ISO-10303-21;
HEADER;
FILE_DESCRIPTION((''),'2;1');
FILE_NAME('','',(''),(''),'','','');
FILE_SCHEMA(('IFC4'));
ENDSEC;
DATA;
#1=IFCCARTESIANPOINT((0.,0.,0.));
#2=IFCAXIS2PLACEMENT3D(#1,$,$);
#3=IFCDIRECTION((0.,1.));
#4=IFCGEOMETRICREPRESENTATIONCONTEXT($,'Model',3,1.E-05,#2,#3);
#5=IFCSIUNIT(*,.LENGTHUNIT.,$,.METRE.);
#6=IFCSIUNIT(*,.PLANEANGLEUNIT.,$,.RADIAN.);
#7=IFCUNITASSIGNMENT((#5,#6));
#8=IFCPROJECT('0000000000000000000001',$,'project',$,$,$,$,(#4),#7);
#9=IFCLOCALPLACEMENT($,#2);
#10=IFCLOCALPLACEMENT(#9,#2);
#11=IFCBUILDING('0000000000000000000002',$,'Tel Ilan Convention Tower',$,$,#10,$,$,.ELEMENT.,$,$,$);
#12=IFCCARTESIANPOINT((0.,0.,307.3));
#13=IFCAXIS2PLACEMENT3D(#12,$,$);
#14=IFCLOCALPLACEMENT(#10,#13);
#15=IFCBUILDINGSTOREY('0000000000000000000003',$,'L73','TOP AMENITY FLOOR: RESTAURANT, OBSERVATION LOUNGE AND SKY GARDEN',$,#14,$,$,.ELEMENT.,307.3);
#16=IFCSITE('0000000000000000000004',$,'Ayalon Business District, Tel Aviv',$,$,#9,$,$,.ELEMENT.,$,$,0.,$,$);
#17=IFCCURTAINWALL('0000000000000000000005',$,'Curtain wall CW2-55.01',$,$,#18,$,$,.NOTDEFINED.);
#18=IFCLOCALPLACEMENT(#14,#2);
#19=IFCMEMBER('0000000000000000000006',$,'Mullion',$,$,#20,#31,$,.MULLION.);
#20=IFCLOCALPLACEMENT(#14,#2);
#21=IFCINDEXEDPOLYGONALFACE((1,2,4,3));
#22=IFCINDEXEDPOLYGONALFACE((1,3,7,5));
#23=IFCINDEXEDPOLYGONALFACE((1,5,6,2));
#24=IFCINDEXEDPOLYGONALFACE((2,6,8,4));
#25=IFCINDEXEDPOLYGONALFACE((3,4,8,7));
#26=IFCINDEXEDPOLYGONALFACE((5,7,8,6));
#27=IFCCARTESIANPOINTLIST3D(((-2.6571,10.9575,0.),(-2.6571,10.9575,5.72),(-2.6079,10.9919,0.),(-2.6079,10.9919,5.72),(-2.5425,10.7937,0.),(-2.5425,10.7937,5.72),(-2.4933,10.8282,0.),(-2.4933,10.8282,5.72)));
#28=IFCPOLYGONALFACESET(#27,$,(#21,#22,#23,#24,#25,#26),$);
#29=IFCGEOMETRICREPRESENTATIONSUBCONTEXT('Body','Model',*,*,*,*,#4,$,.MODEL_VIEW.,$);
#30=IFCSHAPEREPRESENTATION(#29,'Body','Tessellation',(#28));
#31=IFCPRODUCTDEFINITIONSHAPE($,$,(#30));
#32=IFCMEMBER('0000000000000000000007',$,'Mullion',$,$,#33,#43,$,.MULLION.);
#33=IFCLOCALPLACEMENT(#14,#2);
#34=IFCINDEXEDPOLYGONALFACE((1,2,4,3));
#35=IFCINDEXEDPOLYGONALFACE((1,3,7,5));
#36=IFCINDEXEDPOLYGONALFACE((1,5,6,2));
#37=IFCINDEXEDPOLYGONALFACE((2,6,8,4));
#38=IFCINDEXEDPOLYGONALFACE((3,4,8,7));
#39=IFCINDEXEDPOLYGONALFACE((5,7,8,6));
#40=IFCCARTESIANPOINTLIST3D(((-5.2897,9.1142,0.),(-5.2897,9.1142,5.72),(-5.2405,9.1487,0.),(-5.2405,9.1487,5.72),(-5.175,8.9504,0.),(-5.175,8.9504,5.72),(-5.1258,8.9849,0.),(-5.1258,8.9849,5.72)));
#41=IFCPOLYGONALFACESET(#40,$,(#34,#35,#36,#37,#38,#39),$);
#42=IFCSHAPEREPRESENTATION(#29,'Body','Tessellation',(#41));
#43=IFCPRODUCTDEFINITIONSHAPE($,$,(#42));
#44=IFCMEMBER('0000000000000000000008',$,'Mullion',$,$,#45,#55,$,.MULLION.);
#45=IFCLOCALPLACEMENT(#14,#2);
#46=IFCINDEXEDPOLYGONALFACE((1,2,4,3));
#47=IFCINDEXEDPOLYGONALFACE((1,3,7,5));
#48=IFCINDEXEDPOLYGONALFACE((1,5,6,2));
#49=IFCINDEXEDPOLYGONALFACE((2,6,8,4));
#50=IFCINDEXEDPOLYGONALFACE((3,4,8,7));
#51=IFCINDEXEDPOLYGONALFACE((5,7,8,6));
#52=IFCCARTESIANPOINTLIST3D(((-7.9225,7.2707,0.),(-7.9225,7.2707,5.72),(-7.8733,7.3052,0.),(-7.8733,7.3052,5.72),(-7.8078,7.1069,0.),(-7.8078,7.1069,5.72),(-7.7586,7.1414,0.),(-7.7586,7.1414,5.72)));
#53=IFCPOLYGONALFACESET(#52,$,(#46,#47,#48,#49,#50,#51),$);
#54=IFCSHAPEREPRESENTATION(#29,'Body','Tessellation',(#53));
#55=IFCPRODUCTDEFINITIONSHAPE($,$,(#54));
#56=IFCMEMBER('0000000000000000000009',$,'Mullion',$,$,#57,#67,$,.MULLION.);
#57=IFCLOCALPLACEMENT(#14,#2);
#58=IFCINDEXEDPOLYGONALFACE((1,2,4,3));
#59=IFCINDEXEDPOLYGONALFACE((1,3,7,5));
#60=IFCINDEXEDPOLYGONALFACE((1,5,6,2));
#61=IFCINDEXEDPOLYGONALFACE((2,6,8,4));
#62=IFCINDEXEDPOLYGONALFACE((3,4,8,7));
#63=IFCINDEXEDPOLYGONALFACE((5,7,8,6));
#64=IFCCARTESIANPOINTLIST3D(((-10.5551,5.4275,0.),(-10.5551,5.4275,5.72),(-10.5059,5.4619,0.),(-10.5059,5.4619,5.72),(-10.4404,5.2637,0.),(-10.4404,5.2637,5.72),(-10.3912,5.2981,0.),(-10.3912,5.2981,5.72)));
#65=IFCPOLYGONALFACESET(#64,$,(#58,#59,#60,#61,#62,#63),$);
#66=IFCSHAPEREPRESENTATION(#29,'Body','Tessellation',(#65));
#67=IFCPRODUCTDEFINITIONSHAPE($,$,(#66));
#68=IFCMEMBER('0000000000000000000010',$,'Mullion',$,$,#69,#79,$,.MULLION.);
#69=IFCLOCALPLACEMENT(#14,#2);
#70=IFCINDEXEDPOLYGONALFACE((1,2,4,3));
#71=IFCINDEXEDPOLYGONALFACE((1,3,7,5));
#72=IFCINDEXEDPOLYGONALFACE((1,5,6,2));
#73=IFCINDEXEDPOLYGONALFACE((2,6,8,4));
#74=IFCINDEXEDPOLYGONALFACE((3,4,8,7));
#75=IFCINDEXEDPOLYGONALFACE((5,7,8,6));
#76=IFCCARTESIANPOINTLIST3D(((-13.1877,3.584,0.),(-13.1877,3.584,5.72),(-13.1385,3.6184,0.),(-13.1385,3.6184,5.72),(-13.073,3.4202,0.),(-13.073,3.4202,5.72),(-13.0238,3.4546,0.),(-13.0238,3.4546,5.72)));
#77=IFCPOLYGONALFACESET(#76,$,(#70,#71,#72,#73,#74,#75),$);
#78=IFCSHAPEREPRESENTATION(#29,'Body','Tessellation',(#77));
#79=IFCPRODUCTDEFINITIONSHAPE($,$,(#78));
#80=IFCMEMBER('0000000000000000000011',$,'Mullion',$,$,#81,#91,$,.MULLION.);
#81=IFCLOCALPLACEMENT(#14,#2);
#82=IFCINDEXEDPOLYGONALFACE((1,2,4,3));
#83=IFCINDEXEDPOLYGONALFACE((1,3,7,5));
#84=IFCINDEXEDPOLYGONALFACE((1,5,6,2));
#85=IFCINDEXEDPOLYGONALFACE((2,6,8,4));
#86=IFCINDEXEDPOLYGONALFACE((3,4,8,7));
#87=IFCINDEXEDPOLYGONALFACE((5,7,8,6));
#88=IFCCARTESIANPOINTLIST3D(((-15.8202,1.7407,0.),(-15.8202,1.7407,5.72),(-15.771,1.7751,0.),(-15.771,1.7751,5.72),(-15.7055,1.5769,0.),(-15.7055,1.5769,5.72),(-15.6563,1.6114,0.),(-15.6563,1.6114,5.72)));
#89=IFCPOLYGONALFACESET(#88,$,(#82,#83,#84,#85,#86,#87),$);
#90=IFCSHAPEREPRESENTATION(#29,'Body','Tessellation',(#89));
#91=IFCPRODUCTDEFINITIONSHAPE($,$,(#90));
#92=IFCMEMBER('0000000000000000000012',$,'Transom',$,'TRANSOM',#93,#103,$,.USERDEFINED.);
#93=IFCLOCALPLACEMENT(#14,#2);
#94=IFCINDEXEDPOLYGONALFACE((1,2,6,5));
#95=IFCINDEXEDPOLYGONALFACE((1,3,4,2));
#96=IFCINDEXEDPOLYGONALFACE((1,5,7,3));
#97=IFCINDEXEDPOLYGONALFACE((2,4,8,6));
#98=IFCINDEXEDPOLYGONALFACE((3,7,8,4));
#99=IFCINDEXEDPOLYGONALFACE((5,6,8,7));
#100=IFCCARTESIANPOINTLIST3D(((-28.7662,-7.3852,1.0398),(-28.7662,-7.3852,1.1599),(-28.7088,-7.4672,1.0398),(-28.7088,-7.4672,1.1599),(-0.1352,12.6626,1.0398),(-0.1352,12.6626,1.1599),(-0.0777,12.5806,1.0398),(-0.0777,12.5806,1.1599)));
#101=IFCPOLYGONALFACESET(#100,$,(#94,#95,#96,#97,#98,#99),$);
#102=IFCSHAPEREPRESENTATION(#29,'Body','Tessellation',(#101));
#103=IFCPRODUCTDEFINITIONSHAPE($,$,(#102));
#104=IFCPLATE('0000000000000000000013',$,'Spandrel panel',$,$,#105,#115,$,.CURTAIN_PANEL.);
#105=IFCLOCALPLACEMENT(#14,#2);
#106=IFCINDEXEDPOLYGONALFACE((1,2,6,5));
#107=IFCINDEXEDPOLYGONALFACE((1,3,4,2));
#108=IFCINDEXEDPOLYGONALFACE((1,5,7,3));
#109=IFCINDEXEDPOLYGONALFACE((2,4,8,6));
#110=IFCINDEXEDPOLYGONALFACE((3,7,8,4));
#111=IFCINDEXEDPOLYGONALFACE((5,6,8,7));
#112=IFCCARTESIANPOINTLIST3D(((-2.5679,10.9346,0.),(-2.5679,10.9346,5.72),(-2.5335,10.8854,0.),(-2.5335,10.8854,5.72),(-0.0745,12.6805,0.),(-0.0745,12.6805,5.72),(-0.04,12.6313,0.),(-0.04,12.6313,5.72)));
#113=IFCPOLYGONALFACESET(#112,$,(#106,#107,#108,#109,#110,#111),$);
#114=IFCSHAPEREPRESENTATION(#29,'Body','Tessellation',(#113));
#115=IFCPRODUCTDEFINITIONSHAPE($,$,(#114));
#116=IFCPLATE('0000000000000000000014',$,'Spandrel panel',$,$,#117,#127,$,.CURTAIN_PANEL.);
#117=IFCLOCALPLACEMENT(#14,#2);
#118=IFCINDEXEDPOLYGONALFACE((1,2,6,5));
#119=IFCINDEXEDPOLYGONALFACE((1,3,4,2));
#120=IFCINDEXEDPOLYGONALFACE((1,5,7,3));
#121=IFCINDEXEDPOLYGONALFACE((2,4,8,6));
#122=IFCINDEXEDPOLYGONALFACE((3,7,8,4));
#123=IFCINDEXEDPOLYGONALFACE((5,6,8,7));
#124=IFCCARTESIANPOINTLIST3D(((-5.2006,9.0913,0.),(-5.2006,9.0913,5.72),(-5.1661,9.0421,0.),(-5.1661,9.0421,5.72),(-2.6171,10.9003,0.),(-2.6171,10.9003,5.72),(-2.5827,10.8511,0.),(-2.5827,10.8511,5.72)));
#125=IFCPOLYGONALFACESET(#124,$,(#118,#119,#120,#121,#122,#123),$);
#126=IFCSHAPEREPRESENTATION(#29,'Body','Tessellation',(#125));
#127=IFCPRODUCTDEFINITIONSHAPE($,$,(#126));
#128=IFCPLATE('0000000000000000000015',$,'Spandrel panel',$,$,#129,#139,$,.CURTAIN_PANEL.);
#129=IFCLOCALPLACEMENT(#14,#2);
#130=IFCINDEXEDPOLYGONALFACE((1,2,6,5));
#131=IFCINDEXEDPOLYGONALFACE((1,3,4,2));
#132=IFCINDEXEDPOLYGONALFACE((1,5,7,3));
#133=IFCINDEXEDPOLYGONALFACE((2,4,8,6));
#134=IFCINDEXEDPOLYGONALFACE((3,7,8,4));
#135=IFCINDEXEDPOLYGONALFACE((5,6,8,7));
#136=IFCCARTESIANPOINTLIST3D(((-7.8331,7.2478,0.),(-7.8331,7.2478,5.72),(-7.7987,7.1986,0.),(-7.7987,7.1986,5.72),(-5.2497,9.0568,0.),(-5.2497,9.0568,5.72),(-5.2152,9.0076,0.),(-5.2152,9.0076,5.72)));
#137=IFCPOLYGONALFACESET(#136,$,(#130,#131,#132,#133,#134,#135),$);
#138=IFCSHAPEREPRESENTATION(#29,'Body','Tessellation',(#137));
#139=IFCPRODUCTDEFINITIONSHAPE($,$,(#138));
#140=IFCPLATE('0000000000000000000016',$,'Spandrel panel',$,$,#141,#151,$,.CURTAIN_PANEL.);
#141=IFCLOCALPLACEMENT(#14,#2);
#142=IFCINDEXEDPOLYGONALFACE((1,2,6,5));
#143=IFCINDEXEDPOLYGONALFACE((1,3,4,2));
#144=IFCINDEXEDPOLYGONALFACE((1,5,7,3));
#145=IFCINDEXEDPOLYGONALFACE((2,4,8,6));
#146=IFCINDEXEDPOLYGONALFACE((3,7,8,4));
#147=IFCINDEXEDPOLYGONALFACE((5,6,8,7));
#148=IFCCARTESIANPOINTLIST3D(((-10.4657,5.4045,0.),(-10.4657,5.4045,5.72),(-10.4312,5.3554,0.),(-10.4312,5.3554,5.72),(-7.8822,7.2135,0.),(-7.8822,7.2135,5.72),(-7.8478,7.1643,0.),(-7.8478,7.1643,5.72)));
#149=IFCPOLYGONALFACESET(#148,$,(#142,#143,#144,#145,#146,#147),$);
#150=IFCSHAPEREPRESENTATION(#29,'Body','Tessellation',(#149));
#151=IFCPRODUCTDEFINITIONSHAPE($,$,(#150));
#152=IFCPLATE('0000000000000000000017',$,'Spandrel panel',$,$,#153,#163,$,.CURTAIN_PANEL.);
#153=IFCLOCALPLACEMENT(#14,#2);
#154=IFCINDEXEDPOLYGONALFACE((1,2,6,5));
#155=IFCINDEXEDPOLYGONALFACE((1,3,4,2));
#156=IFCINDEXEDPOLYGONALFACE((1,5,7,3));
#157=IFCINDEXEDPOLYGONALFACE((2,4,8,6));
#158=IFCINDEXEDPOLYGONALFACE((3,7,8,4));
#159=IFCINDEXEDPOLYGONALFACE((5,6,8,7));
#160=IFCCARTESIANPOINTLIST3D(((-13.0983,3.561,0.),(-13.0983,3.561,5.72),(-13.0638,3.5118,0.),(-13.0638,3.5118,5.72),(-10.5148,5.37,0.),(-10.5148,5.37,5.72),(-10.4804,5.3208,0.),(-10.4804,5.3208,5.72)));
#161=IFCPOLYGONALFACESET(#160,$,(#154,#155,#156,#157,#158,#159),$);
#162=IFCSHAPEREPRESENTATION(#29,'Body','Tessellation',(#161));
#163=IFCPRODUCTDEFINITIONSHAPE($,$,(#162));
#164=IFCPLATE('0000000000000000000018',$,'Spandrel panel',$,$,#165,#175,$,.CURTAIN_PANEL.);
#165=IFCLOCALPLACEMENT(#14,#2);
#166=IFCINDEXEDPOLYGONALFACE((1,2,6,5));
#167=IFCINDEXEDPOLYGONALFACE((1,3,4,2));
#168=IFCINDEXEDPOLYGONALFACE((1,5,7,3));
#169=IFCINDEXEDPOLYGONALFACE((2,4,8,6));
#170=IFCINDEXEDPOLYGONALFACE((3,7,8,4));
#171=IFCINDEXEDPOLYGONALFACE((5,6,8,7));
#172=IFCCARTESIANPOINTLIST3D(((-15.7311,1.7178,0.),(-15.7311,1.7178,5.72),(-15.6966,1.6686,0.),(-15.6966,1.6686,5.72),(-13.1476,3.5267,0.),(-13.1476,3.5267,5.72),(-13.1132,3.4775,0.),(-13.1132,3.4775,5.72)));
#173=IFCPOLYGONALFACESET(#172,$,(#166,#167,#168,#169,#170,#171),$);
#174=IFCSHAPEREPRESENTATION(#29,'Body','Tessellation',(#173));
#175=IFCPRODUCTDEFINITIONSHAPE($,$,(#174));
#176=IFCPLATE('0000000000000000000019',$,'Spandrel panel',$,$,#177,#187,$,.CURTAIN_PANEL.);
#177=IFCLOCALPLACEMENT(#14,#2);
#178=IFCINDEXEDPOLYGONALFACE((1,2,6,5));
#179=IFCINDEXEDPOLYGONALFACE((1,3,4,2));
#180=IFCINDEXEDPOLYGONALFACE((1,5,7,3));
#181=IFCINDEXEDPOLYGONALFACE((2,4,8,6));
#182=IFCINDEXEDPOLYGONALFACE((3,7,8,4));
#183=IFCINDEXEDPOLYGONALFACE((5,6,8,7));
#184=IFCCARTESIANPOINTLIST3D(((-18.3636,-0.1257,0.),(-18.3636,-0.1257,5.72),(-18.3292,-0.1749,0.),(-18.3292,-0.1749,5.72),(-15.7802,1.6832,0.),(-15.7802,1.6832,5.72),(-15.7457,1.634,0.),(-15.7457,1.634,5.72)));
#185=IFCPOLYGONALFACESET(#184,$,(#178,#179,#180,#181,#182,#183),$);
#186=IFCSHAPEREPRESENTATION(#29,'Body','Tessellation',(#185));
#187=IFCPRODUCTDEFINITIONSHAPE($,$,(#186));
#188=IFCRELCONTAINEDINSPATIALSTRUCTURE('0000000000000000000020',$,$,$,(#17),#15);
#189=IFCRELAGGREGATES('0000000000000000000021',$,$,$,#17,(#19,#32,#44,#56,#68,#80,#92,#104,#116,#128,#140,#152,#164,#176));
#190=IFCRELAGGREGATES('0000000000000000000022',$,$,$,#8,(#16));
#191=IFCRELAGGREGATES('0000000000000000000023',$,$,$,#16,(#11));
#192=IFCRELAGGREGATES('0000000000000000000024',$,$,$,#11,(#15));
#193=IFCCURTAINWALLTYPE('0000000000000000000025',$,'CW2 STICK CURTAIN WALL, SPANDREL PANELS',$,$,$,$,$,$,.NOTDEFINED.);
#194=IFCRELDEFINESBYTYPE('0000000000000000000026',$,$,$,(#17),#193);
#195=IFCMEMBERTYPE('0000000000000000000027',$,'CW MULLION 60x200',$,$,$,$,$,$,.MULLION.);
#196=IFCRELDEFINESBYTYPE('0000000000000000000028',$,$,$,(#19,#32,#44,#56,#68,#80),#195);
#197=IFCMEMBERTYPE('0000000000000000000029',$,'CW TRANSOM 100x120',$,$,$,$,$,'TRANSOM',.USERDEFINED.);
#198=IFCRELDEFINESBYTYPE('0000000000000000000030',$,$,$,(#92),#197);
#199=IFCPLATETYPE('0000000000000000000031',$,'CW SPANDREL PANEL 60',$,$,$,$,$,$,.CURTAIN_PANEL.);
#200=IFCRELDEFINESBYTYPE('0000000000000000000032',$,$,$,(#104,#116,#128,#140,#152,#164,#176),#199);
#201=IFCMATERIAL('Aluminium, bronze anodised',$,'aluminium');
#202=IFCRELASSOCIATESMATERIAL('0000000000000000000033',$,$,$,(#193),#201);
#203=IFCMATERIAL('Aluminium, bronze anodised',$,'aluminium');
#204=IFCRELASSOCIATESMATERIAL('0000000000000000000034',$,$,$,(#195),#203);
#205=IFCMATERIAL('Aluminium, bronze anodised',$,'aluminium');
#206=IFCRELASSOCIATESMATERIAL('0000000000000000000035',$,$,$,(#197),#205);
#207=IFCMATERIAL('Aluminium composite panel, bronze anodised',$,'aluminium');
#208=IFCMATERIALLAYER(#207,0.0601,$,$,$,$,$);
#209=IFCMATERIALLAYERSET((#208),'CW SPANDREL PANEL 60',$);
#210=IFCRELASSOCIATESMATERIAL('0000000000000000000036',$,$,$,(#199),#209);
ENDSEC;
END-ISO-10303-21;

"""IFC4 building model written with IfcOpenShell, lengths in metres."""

from ifc_helpers import new_model, si_unit, direction, frame, origin, origin_2d, place, context, subcontext, project, spatial, rectangle, extrude, material, layer, layer_set, material_profile, profile_set, type_object, element, aggregate, save


model = new_model("IFC4")

# Units and contexts
model_context = context("Model", 3, precision=1e-05, world=origin(), true_north=direction((0.0, 1.0)))
body_context = subcontext(model_context, "Body", "Model", "MODEL_VIEW")
ifc_project = project(units=[si_unit("LENGTHUNIT", "METRE"), si_unit("PLANEANGLEUNIT", "RADIAN")], contexts=[model_context])

# Site, building, storey
site_placement = place(None, origin())
site = spatial("IfcSite", under=ifc_project, at=site_placement, Name="Ayalon Business District, Tel Aviv", CompositionType="ELEMENT", RefElevation=0.0)
building_placement = place(site_placement, origin())
building = spatial("IfcBuilding", under=site, at=building_placement, Name="Tel Ilan Convention Tower", CompositionType="ELEMENT")
storey_placement = place(building_placement, frame((0.0, 0.0, 307.3)))
storey = spatial("IfcBuildingStorey", under=building, at=storey_placement, Name="L73", Description="TOP AMENITY FLOOR: RESTAURANT, OBSERVATION LOUNGE AND SKY GARDEN", CompositionType="ELEMENT", Elevation=307.3)

# Curtain wall, members, plates
ifc_material_1 = material(Name="Aluminium, bronze anodised", Category="aluminium")
curtain_wall_type = type_object("IfcCurtainWallType", Name="CW2 STICK CURTAIN WALL, SPANDREL PANELS", PredefinedType="NOTDEFINED", material=ifc_material_1)
curtain_wall_placement = place(storey_placement, origin())
curtain_wall = element("IfcCurtainWall", 1, at=curtain_wall_placement, inside=storey, type_object=curtain_wall_type, Name="Curtain wall CW2-55.01", PredefinedType="NOTDEFINED")
ifc_material_2 = material(Name="Aluminium, bronze anodised", Category="aluminium")
ifc_material_profile_1 = material_profile(ifc_material_2, rectangle(XDim=0.0601, YDim=0.2, at=origin_2d()), Name="CW MULLION 60x200")
ifc_profile_set_1 = profile_set([ifc_material_profile_1], Name="Aluminium, bronze anodised")
member_type_1 = type_object("IfcMemberType", Name="CW MULLION 60x200", PredefinedType="MULLION", material=ifc_profile_set_1)
member_1_placement = place(storey_placement, frame((-2.5752, 10.8928, 0.0), z_axis=(0.0, 0.0, 1.0), x_axis=(-0.819152, -0.573576, 0.0)))
member_1 = element("IfcMember", 2, at=member_1_placement, type_object=member_type_1, Name="Mullion", PredefinedType="MULLION", context=body_context, shape_type="SweptSolid", body=[
    extrude(rectangle(XDim=0.0601, YDim=0.2, at=origin_2d()), origin(), (0.0, 0.0, 1.0), 5.72),
])
member_2_placement = place(storey_placement, frame((-5.2078, 9.0496, 0.0), z_axis=(0.0, 0.0, 1.0), x_axis=(-0.819152, -0.573576, 0.0)))
member_2 = element("IfcMember", 3, at=member_2_placement, type_object=member_type_1, Name="Mullion", PredefinedType="MULLION", context=body_context, shape_type="SweptSolid", body=[
    extrude(rectangle(XDim=0.0601, YDim=0.2, at=origin_2d()), origin(), (0.0, 0.0, 1.0), 5.72),
])
member_3_placement = place(storey_placement, frame((-7.8406, 7.2061, 0.0), z_axis=(0.0, 0.0, 1.0), x_axis=(-0.819152, -0.573576, 0.0)))
member_3 = element("IfcMember", 4, at=member_3_placement, type_object=member_type_1, Name="Mullion", PredefinedType="MULLION", context=body_context, shape_type="SweptSolid", body=[
    extrude(rectangle(XDim=0.0601, YDim=0.2, at=origin_2d()), origin(), (0.0, 0.0, 1.0), 5.72),
])
member_4_placement = place(storey_placement, frame((-10.4731, 5.3628, 0.0), z_axis=(0.0, 0.0, 1.0), x_axis=(-0.819152, -0.573576, 0.0)))
member_4 = element("IfcMember", 5, at=member_4_placement, type_object=member_type_1, Name="Mullion", PredefinedType="MULLION", context=body_context, shape_type="SweptSolid", body=[
    extrude(rectangle(XDim=0.0601, YDim=0.2, at=origin_2d()), origin(), (0.0, 0.0, 1.0), 5.72),
])
member_5_placement = place(storey_placement, frame((-13.1057, 3.5193, 0.0), z_axis=(0.0, 0.0, 1.0), x_axis=(-0.819152, -0.573576, 0.0)))
member_5 = element("IfcMember", 6, at=member_5_placement, type_object=member_type_1, Name="Mullion", PredefinedType="MULLION", context=body_context, shape_type="SweptSolid", body=[
    extrude(rectangle(XDim=0.0601, YDim=0.2, at=origin_2d()), origin(), (0.0, 0.0, 1.0), 5.72),
])
member_6_placement = place(storey_placement, frame((-15.7383, 1.676, 0.0), z_axis=(0.0, 0.0, 1.0), x_axis=(-0.819152, -0.573576, 0.0)))
member_6 = element("IfcMember", 7, at=member_6_placement, type_object=member_type_1, Name="Mullion", PredefinedType="MULLION", context=body_context, shape_type="SweptSolid", body=[
    extrude(rectangle(XDim=0.0601, YDim=0.2, at=origin_2d()), origin(), (0.0, 0.0, 1.0), 5.72),
])
ifc_material_3 = material(Name="Aluminium, bronze anodised", Category="aluminium")
ifc_material_profile_2 = material_profile(ifc_material_3, rectangle(XDim=0.1001, YDim=0.1201, at=origin_2d()), Name="CW TRANSOM 100x120")
ifc_profile_set_2 = profile_set([ifc_material_profile_2], Name="Aluminium, bronze anodised")
member_type_2 = type_object("IfcMemberType", Name="CW TRANSOM 100x120", ElementType="TRANSOM", PredefinedType="USERDEFINED", material=ifc_profile_set_2)
member_7_placement = place(storey_placement, frame((-0.1064, 12.6216, 1.0999), z_axis=(-0.81915, -0.573579, 0.0), x_axis=(0.573579, -0.81915, 0.0)))
member_7 = element("IfcMember", 8, at=member_7_placement, type_object=member_type_2, Name="Transom", ObjectType="TRANSOM", PredefinedType="USERDEFINED", context=body_context, shape_type="SweptSolid", body=[
    extrude(rectangle(XDim=0.1001, YDim=0.1201, at=origin_2d()), origin(), (0.0, 0.0, 1.0), 34.9521),
])
ifc_material_4 = material(Name="Aluminium composite panel, bronze anodised", Category="aluminium")
ifc_layer_1 = layer(ifc_material_4, 0.0601)
ifc_layer_set_1 = layer_set([ifc_layer_1], Name="CW SPANDREL PANEL 60")
plate_type = type_object("IfcPlateType", Name="CW SPANDREL PANEL 60", PredefinedType="CURTAIN_PANEL", material=ifc_layer_set_1)
plate_1_placement = place(storey_placement, frame((-1.304, 11.783, 0.0), z_axis=(0.0, 0.0, 1.0), x_axis=(-0.819152, -0.573576, 0.0)))
plate_1 = element("IfcPlate", 9, at=plate_1_placement, type_object=plate_type, Name="Spandrel panel", PredefinedType="CURTAIN_PANEL", context=body_context, shape_type="SweptSolid", body=[
    extrude(rectangle(XDim=3.0439, YDim=0.0601, at=origin_2d()), origin(), (0.0, 0.0, 1.0), 5.72),
])
plate_2_placement = place(storey_placement, frame((-3.8916, 9.9712, 0.0), z_axis=(0.0, 0.0, 1.0), x_axis=(-0.819152, -0.573576, 0.0)))
plate_2 = element("IfcPlate", 10, at=plate_2_placement, type_object=plate_type, Name="Spandrel panel", PredefinedType="CURTAIN_PANEL", context=body_context, shape_type="SweptSolid", body=[
    extrude(rectangle(XDim=3.1538, YDim=0.0601, at=origin_2d()), origin(), (0.0, 0.0, 1.0), 5.72),
])
plate_3_placement = place(storey_placement, frame((-6.5242, 8.1277, 0.0), z_axis=(0.0, 0.0, 1.0), x_axis=(-0.819152, -0.573576, 0.0)))
plate_3 = element("IfcPlate", 11, at=plate_3_placement, type_object=plate_type, Name="Spandrel panel", PredefinedType="CURTAIN_PANEL", context=body_context, shape_type="SweptSolid", body=[
    extrude(rectangle(XDim=3.1538, YDim=0.0601, at=origin_2d()), origin(), (0.0, 0.0, 1.0), 5.72),
])
plate_4_placement = place(storey_placement, frame((-9.1567, 6.2844, 0.0), z_axis=(0.0, 0.0, 1.0), x_axis=(-0.819152, -0.573576, 0.0)))
plate_4 = element("IfcPlate", 12, at=plate_4_placement, type_object=plate_type, Name="Spandrel panel", PredefinedType="CURTAIN_PANEL", context=body_context, shape_type="SweptSolid", body=[
    extrude(rectangle(XDim=3.1538, YDim=0.0601, at=origin_2d()), origin(), (0.0, 0.0, 1.0), 5.72),
])
plate_5_placement = place(storey_placement, frame((-11.7893, 4.4409, 0.0), z_axis=(0.0, 0.0, 1.0), x_axis=(-0.819152, -0.573576, 0.0)))
plate_5 = element("IfcPlate", 13, at=plate_5_placement, type_object=plate_type, Name="Spandrel panel", PredefinedType="CURTAIN_PANEL", context=body_context, shape_type="SweptSolid", body=[
    extrude(rectangle(XDim=3.1538, YDim=0.0601, at=origin_2d()), origin(), (0.0, 0.0, 1.0), 5.72),
])
plate_6_placement = place(storey_placement, frame((-14.4221, 2.5977, 0.0), z_axis=(0.0, 0.0, 1.0), x_axis=(-0.819152, -0.573576, 0.0)))
plate_6 = element("IfcPlate", 14, at=plate_6_placement, type_object=plate_type, Name="Spandrel panel", PredefinedType="CURTAIN_PANEL", context=body_context, shape_type="SweptSolid", body=[
    extrude(rectangle(XDim=3.1538, YDim=0.0601, at=origin_2d()), origin(), (0.0, 0.0, 1.0), 5.72),
])
plate_7_placement = place(storey_placement, frame((-17.0547, 0.7542, 0.0), z_axis=(0.0, 0.0, 1.0), x_axis=(-0.819152, -0.573576, 0.0)))
plate_7 = element("IfcPlate", 15, at=plate_7_placement, type_object=plate_type, Name="Spandrel panel", PredefinedType="CURTAIN_PANEL", context=body_context, shape_type="SweptSolid", body=[
    extrude(rectangle(XDim=3.1538, YDim=0.0601, at=origin_2d()), origin(), (0.0, 0.0, 1.0), 5.72),
])
aggregate(curtain_wall, [member_1, member_2, member_3, member_4, member_5, member_6, member_7, plate_1, plate_2, plate_3, plate_4, plate_5, plate_6, plate_7])

save(model, "model.ifc")
